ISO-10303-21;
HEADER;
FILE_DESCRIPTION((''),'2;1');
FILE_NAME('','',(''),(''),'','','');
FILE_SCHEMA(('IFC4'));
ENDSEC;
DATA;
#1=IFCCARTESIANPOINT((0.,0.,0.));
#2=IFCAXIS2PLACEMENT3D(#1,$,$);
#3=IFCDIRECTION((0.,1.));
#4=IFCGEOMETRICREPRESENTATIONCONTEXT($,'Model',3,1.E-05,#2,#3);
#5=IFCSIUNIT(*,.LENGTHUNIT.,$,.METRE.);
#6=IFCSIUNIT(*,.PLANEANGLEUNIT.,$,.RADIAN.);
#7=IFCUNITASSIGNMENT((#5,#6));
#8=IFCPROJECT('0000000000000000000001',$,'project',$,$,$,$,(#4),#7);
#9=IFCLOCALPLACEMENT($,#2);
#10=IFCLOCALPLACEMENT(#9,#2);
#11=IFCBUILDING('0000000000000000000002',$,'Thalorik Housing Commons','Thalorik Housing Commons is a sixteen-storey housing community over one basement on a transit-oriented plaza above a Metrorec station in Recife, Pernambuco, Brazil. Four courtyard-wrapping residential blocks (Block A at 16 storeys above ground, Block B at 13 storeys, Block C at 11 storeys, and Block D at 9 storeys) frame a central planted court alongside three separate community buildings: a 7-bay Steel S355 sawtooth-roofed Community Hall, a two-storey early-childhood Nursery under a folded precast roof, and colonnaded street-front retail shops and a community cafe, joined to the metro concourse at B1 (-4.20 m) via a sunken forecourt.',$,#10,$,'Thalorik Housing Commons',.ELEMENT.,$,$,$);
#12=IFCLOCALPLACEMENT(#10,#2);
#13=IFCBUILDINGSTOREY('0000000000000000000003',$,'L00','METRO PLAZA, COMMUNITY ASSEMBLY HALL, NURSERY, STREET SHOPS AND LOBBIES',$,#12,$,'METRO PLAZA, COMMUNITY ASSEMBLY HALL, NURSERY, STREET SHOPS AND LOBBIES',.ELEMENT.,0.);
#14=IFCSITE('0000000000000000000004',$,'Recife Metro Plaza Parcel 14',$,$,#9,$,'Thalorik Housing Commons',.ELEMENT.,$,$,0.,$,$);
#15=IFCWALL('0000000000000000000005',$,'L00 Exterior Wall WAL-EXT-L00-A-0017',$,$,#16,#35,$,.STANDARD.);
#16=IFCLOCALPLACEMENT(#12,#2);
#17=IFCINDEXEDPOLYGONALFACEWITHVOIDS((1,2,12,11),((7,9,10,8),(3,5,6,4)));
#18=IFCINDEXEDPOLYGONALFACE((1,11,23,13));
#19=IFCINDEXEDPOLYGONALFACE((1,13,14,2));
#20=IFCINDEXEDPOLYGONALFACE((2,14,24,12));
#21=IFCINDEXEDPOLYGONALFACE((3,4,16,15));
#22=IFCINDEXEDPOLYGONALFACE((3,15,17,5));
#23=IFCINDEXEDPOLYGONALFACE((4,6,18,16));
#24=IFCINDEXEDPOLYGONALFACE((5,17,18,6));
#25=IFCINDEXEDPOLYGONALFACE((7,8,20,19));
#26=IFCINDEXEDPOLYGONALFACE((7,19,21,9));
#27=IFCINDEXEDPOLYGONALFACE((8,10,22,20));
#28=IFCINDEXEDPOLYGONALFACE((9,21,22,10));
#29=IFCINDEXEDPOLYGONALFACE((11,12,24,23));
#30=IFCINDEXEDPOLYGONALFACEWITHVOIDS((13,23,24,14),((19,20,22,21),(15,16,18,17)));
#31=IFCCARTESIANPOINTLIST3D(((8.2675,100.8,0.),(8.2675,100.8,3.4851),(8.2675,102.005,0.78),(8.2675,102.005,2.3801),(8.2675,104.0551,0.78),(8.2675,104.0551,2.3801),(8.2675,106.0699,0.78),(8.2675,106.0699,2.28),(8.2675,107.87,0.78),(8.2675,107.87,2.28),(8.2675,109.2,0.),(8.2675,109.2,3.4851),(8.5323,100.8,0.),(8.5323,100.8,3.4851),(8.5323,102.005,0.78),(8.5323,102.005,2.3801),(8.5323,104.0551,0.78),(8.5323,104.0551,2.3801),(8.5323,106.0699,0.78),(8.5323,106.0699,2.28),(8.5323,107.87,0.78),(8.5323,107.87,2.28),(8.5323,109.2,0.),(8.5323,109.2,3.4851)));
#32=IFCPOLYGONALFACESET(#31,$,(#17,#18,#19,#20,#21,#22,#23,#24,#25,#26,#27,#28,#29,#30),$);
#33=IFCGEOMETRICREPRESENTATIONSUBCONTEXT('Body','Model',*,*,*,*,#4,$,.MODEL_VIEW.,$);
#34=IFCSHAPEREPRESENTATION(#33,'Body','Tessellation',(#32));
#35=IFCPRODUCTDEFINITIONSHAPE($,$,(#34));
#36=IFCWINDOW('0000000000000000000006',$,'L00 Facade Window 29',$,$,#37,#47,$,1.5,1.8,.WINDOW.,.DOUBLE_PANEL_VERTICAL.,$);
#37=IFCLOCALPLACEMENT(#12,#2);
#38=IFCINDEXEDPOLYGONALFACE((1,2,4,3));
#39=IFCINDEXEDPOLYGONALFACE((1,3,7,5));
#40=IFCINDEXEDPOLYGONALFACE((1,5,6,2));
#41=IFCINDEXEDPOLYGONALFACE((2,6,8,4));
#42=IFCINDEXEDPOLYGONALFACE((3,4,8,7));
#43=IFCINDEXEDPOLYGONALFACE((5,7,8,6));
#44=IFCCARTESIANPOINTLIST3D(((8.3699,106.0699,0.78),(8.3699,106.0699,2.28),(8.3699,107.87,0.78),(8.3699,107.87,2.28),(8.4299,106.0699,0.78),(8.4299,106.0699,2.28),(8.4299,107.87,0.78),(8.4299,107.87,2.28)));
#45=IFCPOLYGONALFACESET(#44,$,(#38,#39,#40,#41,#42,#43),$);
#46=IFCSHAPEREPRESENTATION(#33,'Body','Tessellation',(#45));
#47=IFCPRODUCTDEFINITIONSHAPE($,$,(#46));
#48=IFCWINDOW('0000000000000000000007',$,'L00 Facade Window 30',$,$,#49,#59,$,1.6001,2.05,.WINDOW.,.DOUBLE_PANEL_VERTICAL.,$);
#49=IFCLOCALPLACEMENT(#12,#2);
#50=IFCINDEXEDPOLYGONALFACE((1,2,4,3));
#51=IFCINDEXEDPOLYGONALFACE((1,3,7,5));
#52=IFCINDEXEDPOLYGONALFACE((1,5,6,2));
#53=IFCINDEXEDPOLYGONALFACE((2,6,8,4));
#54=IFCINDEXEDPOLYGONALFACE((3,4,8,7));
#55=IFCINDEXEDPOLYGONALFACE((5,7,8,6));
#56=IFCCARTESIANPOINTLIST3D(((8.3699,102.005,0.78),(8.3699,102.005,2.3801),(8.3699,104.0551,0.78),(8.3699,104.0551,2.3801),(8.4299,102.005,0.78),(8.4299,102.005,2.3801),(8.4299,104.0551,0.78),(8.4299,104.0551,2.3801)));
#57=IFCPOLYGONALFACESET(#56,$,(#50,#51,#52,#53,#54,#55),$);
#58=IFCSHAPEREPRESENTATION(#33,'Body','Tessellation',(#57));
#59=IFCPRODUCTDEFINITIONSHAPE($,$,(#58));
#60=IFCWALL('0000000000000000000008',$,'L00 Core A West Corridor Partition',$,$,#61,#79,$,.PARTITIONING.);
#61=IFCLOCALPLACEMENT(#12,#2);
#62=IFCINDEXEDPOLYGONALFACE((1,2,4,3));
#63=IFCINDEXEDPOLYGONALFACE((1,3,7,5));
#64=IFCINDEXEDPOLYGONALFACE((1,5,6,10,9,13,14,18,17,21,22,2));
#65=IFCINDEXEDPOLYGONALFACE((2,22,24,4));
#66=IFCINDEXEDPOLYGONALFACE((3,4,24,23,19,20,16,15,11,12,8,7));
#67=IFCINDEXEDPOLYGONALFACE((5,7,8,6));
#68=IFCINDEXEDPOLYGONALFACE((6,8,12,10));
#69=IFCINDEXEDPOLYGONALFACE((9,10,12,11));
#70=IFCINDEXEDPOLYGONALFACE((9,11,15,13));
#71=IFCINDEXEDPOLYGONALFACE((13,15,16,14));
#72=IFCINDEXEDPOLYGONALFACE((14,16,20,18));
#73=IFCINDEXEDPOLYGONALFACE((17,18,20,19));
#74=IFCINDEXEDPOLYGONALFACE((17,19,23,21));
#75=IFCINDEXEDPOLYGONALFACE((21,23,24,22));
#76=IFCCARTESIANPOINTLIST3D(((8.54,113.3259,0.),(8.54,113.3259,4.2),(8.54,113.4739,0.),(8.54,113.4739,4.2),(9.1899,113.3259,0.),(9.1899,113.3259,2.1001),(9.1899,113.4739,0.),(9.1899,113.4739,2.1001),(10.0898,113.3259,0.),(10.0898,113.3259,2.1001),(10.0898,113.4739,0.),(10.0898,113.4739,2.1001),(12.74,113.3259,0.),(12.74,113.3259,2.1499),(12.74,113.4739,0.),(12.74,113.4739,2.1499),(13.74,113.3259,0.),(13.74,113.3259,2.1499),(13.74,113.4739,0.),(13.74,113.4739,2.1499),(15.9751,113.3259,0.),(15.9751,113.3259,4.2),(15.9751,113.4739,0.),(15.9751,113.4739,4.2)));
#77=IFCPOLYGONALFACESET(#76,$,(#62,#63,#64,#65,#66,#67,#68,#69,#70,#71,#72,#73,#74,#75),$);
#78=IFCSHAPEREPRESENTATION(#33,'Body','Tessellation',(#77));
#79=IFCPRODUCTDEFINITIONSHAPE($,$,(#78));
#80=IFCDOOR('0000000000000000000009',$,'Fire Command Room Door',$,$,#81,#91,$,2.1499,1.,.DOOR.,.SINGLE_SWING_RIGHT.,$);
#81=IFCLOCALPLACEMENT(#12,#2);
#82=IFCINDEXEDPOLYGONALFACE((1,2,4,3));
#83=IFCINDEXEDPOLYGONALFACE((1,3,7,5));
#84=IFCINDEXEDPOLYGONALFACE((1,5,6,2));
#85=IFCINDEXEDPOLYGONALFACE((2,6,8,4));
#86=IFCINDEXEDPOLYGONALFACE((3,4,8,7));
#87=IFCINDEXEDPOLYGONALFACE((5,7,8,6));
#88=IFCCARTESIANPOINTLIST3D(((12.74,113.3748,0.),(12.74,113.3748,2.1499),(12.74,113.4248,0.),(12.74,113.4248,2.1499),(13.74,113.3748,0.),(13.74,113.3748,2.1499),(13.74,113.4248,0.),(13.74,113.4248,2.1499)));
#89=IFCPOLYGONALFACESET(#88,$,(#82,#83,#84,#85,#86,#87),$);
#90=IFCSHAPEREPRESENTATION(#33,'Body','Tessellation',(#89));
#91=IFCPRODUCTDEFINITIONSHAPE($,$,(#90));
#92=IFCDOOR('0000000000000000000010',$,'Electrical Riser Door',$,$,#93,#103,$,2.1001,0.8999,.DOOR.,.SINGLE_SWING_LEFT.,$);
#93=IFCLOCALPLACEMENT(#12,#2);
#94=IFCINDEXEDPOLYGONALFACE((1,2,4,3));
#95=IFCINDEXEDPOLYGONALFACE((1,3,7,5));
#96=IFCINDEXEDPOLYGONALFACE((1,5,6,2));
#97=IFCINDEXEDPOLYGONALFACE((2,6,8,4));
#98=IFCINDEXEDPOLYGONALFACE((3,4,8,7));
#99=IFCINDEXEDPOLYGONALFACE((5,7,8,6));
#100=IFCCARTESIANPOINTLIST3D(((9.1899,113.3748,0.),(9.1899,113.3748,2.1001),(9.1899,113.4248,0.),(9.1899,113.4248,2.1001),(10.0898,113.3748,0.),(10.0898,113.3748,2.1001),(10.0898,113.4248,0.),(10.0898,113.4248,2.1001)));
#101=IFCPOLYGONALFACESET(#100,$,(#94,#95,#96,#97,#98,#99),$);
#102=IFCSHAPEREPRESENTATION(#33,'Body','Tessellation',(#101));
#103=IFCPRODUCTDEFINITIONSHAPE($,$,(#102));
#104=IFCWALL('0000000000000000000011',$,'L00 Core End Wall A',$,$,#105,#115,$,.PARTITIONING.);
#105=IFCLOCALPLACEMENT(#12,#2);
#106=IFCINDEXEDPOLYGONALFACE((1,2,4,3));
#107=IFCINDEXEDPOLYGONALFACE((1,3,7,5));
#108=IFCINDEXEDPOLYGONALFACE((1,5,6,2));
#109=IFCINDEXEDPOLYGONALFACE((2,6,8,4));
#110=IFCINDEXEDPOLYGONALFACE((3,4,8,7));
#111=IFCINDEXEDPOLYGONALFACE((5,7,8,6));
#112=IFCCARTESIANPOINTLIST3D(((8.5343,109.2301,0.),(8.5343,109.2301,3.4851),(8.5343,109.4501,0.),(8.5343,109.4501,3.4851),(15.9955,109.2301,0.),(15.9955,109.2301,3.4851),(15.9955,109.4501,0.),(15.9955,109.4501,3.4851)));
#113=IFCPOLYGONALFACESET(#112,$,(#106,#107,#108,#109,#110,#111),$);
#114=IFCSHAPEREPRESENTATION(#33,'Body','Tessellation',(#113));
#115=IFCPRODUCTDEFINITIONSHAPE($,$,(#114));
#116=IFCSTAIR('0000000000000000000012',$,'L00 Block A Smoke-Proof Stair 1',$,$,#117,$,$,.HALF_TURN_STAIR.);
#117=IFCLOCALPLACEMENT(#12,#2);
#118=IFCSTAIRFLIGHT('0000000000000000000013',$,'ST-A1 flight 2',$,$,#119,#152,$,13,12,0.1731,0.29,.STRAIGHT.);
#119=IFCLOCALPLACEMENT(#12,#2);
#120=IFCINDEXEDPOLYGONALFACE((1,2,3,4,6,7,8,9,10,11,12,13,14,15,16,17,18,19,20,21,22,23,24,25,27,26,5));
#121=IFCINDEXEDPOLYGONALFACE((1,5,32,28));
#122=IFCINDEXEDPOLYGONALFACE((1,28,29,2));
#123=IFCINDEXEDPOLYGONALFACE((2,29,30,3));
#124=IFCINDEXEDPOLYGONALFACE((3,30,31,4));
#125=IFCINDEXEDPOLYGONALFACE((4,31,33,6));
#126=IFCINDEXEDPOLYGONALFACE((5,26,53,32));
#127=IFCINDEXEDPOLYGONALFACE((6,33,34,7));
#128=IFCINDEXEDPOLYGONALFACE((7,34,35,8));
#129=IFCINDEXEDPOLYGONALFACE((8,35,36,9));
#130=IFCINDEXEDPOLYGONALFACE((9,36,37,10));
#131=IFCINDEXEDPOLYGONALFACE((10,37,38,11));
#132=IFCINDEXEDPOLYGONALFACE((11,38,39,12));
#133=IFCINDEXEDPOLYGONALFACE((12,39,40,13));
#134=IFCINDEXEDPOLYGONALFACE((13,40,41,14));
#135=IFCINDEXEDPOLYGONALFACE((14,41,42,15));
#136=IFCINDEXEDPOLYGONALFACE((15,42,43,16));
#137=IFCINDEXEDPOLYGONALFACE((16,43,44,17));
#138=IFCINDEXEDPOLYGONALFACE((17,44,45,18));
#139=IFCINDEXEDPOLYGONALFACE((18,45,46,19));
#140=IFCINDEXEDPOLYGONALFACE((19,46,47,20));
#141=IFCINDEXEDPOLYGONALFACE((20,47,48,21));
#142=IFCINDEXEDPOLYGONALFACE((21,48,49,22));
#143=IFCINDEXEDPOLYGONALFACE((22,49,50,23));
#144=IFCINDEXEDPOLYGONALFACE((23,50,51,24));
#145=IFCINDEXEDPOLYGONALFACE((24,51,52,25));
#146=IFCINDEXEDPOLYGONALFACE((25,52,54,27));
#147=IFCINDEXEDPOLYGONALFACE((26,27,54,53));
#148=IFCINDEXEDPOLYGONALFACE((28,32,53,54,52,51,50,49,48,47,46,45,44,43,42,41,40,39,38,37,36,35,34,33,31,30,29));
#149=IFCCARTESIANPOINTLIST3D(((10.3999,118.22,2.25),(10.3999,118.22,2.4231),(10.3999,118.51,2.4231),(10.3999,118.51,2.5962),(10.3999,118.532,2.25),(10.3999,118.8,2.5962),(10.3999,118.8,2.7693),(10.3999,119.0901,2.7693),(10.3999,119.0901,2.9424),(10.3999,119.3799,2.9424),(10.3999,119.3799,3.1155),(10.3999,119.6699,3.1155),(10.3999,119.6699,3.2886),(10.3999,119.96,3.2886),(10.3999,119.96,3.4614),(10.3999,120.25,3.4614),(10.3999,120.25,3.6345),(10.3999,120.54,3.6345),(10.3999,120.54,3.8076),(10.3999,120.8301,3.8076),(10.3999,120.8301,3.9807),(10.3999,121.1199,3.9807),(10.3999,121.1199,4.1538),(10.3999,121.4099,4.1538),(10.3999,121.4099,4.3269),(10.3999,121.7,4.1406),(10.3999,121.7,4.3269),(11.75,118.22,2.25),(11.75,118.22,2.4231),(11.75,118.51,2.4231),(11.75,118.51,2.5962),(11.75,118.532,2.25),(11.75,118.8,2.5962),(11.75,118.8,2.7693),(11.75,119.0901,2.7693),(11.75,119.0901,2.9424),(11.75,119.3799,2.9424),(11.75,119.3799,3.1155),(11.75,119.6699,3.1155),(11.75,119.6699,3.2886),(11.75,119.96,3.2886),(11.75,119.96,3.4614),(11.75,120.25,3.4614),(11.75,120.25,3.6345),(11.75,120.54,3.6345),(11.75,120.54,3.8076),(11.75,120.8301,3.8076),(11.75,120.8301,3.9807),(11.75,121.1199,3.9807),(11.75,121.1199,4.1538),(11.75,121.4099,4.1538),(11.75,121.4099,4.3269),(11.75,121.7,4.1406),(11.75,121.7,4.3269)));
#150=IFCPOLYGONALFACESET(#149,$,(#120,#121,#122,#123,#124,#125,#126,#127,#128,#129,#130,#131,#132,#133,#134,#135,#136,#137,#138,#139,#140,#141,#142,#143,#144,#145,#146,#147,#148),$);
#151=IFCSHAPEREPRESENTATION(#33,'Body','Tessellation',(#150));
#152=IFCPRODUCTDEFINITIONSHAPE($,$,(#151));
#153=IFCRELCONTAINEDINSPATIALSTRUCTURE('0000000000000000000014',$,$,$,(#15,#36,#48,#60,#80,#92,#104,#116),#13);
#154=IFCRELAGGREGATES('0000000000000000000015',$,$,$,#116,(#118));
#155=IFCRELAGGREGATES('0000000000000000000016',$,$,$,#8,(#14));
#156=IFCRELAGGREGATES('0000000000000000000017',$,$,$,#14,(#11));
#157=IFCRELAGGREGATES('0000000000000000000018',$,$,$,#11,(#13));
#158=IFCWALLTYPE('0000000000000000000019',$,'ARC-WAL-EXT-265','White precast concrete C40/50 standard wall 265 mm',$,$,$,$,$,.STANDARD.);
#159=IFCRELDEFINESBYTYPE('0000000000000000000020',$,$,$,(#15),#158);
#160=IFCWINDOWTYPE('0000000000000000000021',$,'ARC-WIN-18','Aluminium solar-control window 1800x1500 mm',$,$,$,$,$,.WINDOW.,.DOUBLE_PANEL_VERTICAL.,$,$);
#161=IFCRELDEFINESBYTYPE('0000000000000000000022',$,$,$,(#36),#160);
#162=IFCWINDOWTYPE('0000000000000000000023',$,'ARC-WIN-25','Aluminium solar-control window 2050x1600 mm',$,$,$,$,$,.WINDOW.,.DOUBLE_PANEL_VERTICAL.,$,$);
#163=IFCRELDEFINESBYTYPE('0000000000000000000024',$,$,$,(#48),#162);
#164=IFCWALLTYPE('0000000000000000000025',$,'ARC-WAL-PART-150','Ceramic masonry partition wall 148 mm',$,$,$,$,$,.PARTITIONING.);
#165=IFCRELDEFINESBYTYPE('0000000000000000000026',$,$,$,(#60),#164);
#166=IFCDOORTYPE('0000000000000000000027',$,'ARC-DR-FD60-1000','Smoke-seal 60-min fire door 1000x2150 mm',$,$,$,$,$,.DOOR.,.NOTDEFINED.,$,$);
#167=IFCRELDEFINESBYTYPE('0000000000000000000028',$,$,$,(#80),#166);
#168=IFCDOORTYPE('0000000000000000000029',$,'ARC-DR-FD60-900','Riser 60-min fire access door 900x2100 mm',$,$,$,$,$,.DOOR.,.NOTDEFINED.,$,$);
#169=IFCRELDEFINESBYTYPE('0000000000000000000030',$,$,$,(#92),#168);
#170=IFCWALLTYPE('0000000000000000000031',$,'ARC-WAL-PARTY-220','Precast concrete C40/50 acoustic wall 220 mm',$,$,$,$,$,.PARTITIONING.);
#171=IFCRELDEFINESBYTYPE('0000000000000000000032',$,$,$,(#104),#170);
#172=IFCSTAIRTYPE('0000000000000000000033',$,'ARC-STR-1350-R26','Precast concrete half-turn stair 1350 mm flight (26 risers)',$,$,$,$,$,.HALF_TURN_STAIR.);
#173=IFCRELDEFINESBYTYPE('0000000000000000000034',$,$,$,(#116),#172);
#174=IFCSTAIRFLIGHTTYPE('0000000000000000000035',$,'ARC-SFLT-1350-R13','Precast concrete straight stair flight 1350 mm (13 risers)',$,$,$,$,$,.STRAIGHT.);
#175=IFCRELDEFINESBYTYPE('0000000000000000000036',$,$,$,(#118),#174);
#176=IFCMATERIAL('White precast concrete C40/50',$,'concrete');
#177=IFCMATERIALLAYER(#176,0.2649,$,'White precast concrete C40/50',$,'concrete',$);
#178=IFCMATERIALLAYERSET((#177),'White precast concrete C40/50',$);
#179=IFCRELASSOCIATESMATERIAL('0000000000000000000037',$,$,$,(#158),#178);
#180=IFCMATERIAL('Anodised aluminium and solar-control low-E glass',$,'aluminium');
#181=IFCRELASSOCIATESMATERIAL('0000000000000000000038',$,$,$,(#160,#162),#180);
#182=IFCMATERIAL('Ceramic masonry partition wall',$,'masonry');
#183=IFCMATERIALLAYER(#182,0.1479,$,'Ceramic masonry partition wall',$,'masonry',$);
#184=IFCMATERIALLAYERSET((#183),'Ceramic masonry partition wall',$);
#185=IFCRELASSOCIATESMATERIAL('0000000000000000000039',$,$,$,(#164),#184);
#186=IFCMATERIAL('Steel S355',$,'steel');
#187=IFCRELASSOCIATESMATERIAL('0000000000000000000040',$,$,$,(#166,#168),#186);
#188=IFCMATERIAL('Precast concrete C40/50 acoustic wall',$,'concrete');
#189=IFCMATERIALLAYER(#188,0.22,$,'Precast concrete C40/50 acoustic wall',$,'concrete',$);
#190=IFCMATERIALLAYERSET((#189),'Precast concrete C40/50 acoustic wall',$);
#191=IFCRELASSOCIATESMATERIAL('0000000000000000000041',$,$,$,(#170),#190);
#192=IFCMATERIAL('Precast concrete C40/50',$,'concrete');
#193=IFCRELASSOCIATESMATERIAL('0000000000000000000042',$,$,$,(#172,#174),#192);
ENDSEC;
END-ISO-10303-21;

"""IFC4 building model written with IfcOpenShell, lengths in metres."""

from ifc_helpers import new_model, si_unit, direction, frame, frame_2d, origin, place, context, subcontext, project, spatial, polyline, rectangle, outline, extrude, material, layer, layer_set, type_object, element, fill, aggregate, save


model = new_model("IFC4")

# Units and contexts
model_context = context("Model", 3, precision=1e-05, world=origin(), true_north=direction((0.0, 1.0)))
body_context = subcontext(model_context, "Body", "Model", "MODEL_VIEW")
ifc_project = project(units=[si_unit("LENGTHUNIT", "METRE"), si_unit("PLANEANGLEUNIT", "RADIAN")], contexts=[model_context])

# Site, building, storey
site_placement = place(None, origin())
site = spatial("IfcSite", under=ifc_project, at=site_placement, Name="Recife Metro Plaza Parcel 14", LongName="Thalorik Housing Commons", CompositionType="ELEMENT", RefElevation=0.0)
building_placement = place(site_placement, origin())
building = spatial("IfcBuilding", under=site, at=building_placement, Name="Thalorik Housing Commons", Description="Thalorik Housing Commons is a sixteen-storey housing community over one basement on a transit-oriented plaza above a Metrorec station in Recife, Pernambuco, Brazil. Four courtyard-wrapping residential blocks (Block A at 16 storeys above ground, Block B at 13 storeys, Block C at 11 storeys, and Block D at 9 storeys) frame a central planted court alongside three separate community buildings: a 7-bay Steel S355 sawtooth-roofed Community Hall, a two-storey early-childhood Nursery under a folded precast roof, and colonnaded street-front retail shops and a community cafe, joined to the metro concourse at B1 (-4.20 m) via a sunken forecourt.", LongName="Thalorik Housing Commons", CompositionType="ELEMENT")
storey_placement = place(building_placement, origin())
storey = spatial("IfcBuildingStorey", under=building, at=storey_placement, Name="L00", Description="METRO PLAZA, COMMUNITY ASSEMBLY HALL, NURSERY, STREET SHOPS AND LOBBIES", LongName="METRO PLAZA, COMMUNITY ASSEMBLY HALL, NURSERY, STREET SHOPS AND LOBBIES", CompositionType="ELEMENT", Elevation=0.0)

# Shared definitions
ifc_material_1 = material(Name="Precast concrete C40/50", Category="concrete")

# Shared definitions
ifc_material_2 = material(Name="Steel S355", Category="steel")

# Wall, openings, windows
ifc_material_3 = material(Name="White precast concrete C40/50", Category="concrete")
ifc_layer_1 = layer(ifc_material_3, 0.2649, Name="White precast concrete C40/50", Category="concrete")
ifc_layer_set_1 = layer_set([ifc_layer_1], Name="White precast concrete C40/50")
wall_type_1 = type_object("IfcWallType", Name="ARC-WAL-EXT-265", Description="White precast concrete C40/50 standard wall 265 mm", PredefinedType="STANDARD", material=ifc_layer_set_1)
ifc_material_4 = material(Name="Anodised aluminium and solar-control low-E glass", Category="aluminium")
wall_1_placement = place(storey_placement, frame((8.3999, 109.2, 0.0), z_axis=(0.0, 0.0, 1.0), x_axis=(0.0, -1.0, 0.0)))
wall_1 = element("IfcWall", 1, at=wall_1_placement, inside=storey, type_object=wall_type_1, Name="L00 Exterior Wall WAL-EXT-L00-A-0017", PredefinedType="STANDARD", context=body_context, shape_type="SweptSolid", body=[
    extrude(rectangle(XDim=8.3999, YDim=0.2649, at=frame_2d((4.2, 0.0))), origin(), (0.0, 0.0, 1.0), 3.4851),
])
opening_1_placement = place(wall_1_placement, frame((1.3301, 0.0, 0.78)))
opening_1 = element("IfcOpeningElement", 2, at=opening_1_placement, cuts=wall_1, PredefinedType="OPENING", context=body_context, shape_type="SweptSolid", body=[
    extrude(rectangle(XDim=1.8, YDim=1.5, at=frame_2d((0.8999, 0.75))), frame((0.0, 0.1426, 0.0), z_axis=(0.0, -1.0, 0.0), x_axis=(1.0, 0.0, 0.0)), (0.0, 0.0, 1.0), 0.2849),
])
opening_2_placement = place(wall_1_placement, frame((5.145, 0.0, 0.78)))
opening_2 = element("IfcOpeningElement", 3, at=opening_2_placement, cuts=wall_1, PredefinedType="OPENING", context=body_context, shape_type="SweptSolid", body=[
    extrude(rectangle(XDim=2.05, YDim=1.6001, at=frame_2d((1.0249, 0.8))), frame((0.0, 0.1426, 0.0), z_axis=(0.0, -1.0, 0.0), x_axis=(1.0, 0.0, 0.0)), (0.0, 0.0, 1.0), 0.2849),
])
window_type_1 = type_object("IfcWindowType", Name="ARC-WIN-18", Description="Aluminium solar-control window 1800x1500 mm", PartitioningType="DOUBLE_PANEL_VERTICAL", PredefinedType="WINDOW", material=ifc_material_4)
window_1_placement = place(opening_1_placement, origin())
window_1 = element("IfcWindow", 4, at=window_1_placement, inside=storey, type_object=window_type_1, Name="L00 Facade Window 29", OverallHeight=1.5, OverallWidth=1.8, PartitioningType="DOUBLE_PANEL_VERTICAL", PredefinedType="WINDOW", context=body_context, shape_type="SweptSolid", body=[
    extrude(rectangle(XDim=1.8, YDim=1.5, at=frame_2d((0.8999, 0.75))), frame((0.0, 0.03, 0.0), z_axis=(0.0, -1.0, 0.0), x_axis=(1.0, 0.0, 0.0)), (0.0, 0.0, 1.0), 0.0601),
])
fill(opening_1, window_1)
window_type_2 = type_object("IfcWindowType", Name="ARC-WIN-25", Description="Aluminium solar-control window 2050x1600 mm", PartitioningType="DOUBLE_PANEL_VERTICAL", PredefinedType="WINDOW", material=ifc_material_4)
window_2_placement = place(opening_2_placement, origin())
window_2 = element("IfcWindow", 5, at=window_2_placement, inside=storey, type_object=window_type_2, Name="L00 Facade Window 30", OverallHeight=1.6001, OverallWidth=2.05, PartitioningType="DOUBLE_PANEL_VERTICAL", PredefinedType="WINDOW", context=body_context, shape_type="SweptSolid", body=[
    extrude(rectangle(XDim=2.05, YDim=1.6001, at=frame_2d((1.0249, 0.8))), frame((0.0, 0.03, 0.0), z_axis=(0.0, -1.0, 0.0), x_axis=(1.0, 0.0, 0.0)), (0.0, 0.0, 1.0), 0.0601),
])
fill(opening_2, window_2)

# Wall, openings, doors
ifc_material_5 = material(Name="Ceramic masonry partition wall", Category="masonry")
ifc_layer_2 = layer(ifc_material_5, 0.1479, Name="Ceramic masonry partition wall", Category="masonry")
ifc_layer_set_2 = layer_set([ifc_layer_2], Name="Ceramic masonry partition wall")
wall_type_2 = type_object("IfcWallType", Name="ARC-WAL-PART-150", Description="Ceramic masonry partition wall 148 mm", PredefinedType="PARTITIONING", material=ifc_layer_set_2)
wall_2_placement = place(storey_placement, frame((8.54, 113.3999, 0.0), z_axis=(0.0, 0.0, 1.0), x_axis=(1.0, 0.0, 0.0)))
wall_2 = element("IfcWall", 6, at=wall_2_placement, inside=storey, type_object=wall_type_2, Name="L00 Core A West Corridor Partition", PredefinedType="PARTITIONING", context=body_context, shape_type="SweptSolid", body=[
    extrude(rectangle(XDim=7.4351, YDim=0.1479, at=frame_2d((3.7175, 0.0))), origin(), (0.0, 0.0, 1.0), 4.2),
])
opening_3_placement = place(wall_2_placement, frame((0.6499, 0.0, 0.0)))
opening_3 = element("IfcOpeningElement", 7, at=opening_3_placement, cuts=wall_2, PredefinedType="OPENING", context=body_context, shape_type="SweptSolid", body=[
    extrude(rectangle(XDim=0.8999, YDim=2.1001, at=frame_2d((0.45, 1.05))), frame((0.0, 0.084, 0.0), z_axis=(0.0, -1.0, 0.0), x_axis=(1.0, 0.0, 0.0)), (0.0, 0.0, 1.0), 0.168),
])
opening_4_placement = place(wall_2_placement, frame((4.2, 0.0, 0.0)))
opening_4 = element("IfcOpeningElement", 8, at=opening_4_placement, cuts=wall_2, PredefinedType="OPENING", context=body_context, shape_type="SweptSolid", body=[
    extrude(rectangle(XDim=1.0, YDim=2.1499, at=frame_2d((0.5, 1.075))), frame((0.0, 0.084, 0.0), z_axis=(0.0, -1.0, 0.0), x_axis=(1.0, 0.0, 0.0)), (0.0, 0.0, 1.0), 0.168),
])
door_type_1 = type_object("IfcDoorType", Name="ARC-DR-FD60-1000", Description="Smoke-seal 60-min fire door 1000x2150 mm", OperationType="NOTDEFINED", PredefinedType="DOOR", material=ifc_material_2)
door_1_placement = place(opening_4_placement, origin())
door_1 = element("IfcDoor", 9, at=door_1_placement, inside=storey, type_object=door_type_1, Name="Fire Command Room Door", OperationType="SINGLE_SWING_RIGHT", OverallHeight=2.1499, OverallWidth=1.0, PredefinedType="DOOR", context=body_context, shape_type="SweptSolid", body=[
    extrude(rectangle(XDim=1.0, YDim=2.1499, at=frame_2d((0.5, 1.075))), frame((0.0, 0.0249, 0.0), z_axis=(0.0, -1.0, 0.0), x_axis=(1.0, 0.0, 0.0)), (0.0, 0.0, 1.0), 0.05),
])
fill(opening_4, door_1)
door_type_2 = type_object("IfcDoorType", Name="ARC-DR-FD60-900", Description="Riser 60-min fire access door 900x2100 mm", OperationType="NOTDEFINED", PredefinedType="DOOR", material=ifc_material_2)
door_2_placement = place(opening_3_placement, origin())
door_2 = element("IfcDoor", 10, at=door_2_placement, inside=storey, type_object=door_type_2, Name="Electrical Riser Door", OperationType="SINGLE_SWING_LEFT", OverallHeight=2.1001, OverallWidth=0.8999, PredefinedType="DOOR", context=body_context, shape_type="SweptSolid", body=[
    extrude(rectangle(XDim=0.8999, YDim=2.1001, at=frame_2d((0.45, 1.05))), frame((0.0, 0.0249, 0.0), z_axis=(0.0, -1.0, 0.0), x_axis=(1.0, 0.0, 0.0)), (0.0, 0.0, 1.0), 0.05),
])
fill(opening_3, door_2)

# Wall
ifc_material_6 = material(Name="Precast concrete C40/50 acoustic wall", Category="concrete")
ifc_layer_3 = layer(ifc_material_6, 0.22, Name="Precast concrete C40/50 acoustic wall", Category="concrete")
ifc_layer_set_3 = layer_set([ifc_layer_3], Name="Precast concrete C40/50 acoustic wall")
wall_type_3 = type_object("IfcWallType", Name="ARC-WAL-PARTY-220", Description="Precast concrete C40/50 acoustic wall 220 mm", PredefinedType="PARTITIONING", material=ifc_layer_set_3)
wall_3_placement = place(storey_placement, frame((8.5344, 109.3401, 0.0), z_axis=(0.0, 0.0, 1.0), x_axis=(1.0, 0.0, 0.0)))
element("IfcWall", 11, at=wall_3_placement, inside=storey, type_object=wall_type_3, Name="L00 Core End Wall A", PredefinedType="PARTITIONING", context=body_context, shape_type="SweptSolid", body=[
    extrude(rectangle(XDim=7.4612, YDim=0.22, at=frame_2d((3.7305, 0.0))), origin(), (0.0, 0.0, 1.0), 3.4851),
])

# Stair, stair flight
stair_type = type_object("IfcStairType", Name="ARC-STR-1350-R26", Description="Precast concrete half-turn stair 1350 mm flight (26 risers)", PredefinedType="HALF_TURN_STAIR", material=ifc_material_1)
stair_placement = place(storey_placement, origin())
stair = element("IfcStair", 12, at=stair_placement, inside=storey, type_object=stair_type, Name="L00 Block A Smoke-Proof Stair 1", PredefinedType="HALF_TURN_STAIR")
stair_flight_type = type_object("IfcStairFlightType", Name="ARC-SFLT-1350-R13", Description="Precast concrete straight stair flight 1350 mm (13 risers)", PredefinedType="STRAIGHT", material=ifc_material_1)
stair_flight_placement = place(storey_placement, frame((11.075, 118.22, 2.25), z_axis=(0.0, 0.0, 1.0), x_axis=(0.0, 1.0, 0.0)))
stair_flight = element("IfcStairFlight", 13, at=stair_flight_placement, type_object=stair_flight_type, Name="ST-A1 flight 2", NumberOfRisers=13, NumberOfTreads=12, PredefinedType="STRAIGHT", RiserHeight=0.1731, TreadLength=0.29, context=body_context, shape_type="SweptSolid", body=[
    extrude(outline(polyline([(0.0, 0.0), (0.0, 0.1731), (0.29, 0.1731), (0.29, 0.3462), (0.5801, 0.3462), (0.5801, 0.5193), (0.8701, 0.5193), (0.8701, 0.6924), (1.1599, 0.6924), (1.1599, 0.8655), (1.45, 0.8655), (1.45, 1.0386), (1.74, 1.0386), (1.74, 1.2114), (2.03, 1.2114), (2.03, 1.3845), (2.3201, 1.3845), (2.3201, 1.5576), (2.6101, 1.5576), (2.6101, 1.7307), (2.8999, 1.7307), (2.8999, 1.9038), (3.1899, 1.9038), (3.1899, 2.0769), (3.48, 2.0769), (3.48, 2.25), (3.48, 1.8906), (0.312, 0.0), (0.0, 0.0)])), frame((0.0, 0.675, 0.0), z_axis=(0.0, -1.0, 0.0), x_axis=(1.0, 0.0, 0.0)), (0.0, 0.0, 1.0), 1.3501),
])
aggregate(stair, [stair_flight])

save(model, "model.ifc")
